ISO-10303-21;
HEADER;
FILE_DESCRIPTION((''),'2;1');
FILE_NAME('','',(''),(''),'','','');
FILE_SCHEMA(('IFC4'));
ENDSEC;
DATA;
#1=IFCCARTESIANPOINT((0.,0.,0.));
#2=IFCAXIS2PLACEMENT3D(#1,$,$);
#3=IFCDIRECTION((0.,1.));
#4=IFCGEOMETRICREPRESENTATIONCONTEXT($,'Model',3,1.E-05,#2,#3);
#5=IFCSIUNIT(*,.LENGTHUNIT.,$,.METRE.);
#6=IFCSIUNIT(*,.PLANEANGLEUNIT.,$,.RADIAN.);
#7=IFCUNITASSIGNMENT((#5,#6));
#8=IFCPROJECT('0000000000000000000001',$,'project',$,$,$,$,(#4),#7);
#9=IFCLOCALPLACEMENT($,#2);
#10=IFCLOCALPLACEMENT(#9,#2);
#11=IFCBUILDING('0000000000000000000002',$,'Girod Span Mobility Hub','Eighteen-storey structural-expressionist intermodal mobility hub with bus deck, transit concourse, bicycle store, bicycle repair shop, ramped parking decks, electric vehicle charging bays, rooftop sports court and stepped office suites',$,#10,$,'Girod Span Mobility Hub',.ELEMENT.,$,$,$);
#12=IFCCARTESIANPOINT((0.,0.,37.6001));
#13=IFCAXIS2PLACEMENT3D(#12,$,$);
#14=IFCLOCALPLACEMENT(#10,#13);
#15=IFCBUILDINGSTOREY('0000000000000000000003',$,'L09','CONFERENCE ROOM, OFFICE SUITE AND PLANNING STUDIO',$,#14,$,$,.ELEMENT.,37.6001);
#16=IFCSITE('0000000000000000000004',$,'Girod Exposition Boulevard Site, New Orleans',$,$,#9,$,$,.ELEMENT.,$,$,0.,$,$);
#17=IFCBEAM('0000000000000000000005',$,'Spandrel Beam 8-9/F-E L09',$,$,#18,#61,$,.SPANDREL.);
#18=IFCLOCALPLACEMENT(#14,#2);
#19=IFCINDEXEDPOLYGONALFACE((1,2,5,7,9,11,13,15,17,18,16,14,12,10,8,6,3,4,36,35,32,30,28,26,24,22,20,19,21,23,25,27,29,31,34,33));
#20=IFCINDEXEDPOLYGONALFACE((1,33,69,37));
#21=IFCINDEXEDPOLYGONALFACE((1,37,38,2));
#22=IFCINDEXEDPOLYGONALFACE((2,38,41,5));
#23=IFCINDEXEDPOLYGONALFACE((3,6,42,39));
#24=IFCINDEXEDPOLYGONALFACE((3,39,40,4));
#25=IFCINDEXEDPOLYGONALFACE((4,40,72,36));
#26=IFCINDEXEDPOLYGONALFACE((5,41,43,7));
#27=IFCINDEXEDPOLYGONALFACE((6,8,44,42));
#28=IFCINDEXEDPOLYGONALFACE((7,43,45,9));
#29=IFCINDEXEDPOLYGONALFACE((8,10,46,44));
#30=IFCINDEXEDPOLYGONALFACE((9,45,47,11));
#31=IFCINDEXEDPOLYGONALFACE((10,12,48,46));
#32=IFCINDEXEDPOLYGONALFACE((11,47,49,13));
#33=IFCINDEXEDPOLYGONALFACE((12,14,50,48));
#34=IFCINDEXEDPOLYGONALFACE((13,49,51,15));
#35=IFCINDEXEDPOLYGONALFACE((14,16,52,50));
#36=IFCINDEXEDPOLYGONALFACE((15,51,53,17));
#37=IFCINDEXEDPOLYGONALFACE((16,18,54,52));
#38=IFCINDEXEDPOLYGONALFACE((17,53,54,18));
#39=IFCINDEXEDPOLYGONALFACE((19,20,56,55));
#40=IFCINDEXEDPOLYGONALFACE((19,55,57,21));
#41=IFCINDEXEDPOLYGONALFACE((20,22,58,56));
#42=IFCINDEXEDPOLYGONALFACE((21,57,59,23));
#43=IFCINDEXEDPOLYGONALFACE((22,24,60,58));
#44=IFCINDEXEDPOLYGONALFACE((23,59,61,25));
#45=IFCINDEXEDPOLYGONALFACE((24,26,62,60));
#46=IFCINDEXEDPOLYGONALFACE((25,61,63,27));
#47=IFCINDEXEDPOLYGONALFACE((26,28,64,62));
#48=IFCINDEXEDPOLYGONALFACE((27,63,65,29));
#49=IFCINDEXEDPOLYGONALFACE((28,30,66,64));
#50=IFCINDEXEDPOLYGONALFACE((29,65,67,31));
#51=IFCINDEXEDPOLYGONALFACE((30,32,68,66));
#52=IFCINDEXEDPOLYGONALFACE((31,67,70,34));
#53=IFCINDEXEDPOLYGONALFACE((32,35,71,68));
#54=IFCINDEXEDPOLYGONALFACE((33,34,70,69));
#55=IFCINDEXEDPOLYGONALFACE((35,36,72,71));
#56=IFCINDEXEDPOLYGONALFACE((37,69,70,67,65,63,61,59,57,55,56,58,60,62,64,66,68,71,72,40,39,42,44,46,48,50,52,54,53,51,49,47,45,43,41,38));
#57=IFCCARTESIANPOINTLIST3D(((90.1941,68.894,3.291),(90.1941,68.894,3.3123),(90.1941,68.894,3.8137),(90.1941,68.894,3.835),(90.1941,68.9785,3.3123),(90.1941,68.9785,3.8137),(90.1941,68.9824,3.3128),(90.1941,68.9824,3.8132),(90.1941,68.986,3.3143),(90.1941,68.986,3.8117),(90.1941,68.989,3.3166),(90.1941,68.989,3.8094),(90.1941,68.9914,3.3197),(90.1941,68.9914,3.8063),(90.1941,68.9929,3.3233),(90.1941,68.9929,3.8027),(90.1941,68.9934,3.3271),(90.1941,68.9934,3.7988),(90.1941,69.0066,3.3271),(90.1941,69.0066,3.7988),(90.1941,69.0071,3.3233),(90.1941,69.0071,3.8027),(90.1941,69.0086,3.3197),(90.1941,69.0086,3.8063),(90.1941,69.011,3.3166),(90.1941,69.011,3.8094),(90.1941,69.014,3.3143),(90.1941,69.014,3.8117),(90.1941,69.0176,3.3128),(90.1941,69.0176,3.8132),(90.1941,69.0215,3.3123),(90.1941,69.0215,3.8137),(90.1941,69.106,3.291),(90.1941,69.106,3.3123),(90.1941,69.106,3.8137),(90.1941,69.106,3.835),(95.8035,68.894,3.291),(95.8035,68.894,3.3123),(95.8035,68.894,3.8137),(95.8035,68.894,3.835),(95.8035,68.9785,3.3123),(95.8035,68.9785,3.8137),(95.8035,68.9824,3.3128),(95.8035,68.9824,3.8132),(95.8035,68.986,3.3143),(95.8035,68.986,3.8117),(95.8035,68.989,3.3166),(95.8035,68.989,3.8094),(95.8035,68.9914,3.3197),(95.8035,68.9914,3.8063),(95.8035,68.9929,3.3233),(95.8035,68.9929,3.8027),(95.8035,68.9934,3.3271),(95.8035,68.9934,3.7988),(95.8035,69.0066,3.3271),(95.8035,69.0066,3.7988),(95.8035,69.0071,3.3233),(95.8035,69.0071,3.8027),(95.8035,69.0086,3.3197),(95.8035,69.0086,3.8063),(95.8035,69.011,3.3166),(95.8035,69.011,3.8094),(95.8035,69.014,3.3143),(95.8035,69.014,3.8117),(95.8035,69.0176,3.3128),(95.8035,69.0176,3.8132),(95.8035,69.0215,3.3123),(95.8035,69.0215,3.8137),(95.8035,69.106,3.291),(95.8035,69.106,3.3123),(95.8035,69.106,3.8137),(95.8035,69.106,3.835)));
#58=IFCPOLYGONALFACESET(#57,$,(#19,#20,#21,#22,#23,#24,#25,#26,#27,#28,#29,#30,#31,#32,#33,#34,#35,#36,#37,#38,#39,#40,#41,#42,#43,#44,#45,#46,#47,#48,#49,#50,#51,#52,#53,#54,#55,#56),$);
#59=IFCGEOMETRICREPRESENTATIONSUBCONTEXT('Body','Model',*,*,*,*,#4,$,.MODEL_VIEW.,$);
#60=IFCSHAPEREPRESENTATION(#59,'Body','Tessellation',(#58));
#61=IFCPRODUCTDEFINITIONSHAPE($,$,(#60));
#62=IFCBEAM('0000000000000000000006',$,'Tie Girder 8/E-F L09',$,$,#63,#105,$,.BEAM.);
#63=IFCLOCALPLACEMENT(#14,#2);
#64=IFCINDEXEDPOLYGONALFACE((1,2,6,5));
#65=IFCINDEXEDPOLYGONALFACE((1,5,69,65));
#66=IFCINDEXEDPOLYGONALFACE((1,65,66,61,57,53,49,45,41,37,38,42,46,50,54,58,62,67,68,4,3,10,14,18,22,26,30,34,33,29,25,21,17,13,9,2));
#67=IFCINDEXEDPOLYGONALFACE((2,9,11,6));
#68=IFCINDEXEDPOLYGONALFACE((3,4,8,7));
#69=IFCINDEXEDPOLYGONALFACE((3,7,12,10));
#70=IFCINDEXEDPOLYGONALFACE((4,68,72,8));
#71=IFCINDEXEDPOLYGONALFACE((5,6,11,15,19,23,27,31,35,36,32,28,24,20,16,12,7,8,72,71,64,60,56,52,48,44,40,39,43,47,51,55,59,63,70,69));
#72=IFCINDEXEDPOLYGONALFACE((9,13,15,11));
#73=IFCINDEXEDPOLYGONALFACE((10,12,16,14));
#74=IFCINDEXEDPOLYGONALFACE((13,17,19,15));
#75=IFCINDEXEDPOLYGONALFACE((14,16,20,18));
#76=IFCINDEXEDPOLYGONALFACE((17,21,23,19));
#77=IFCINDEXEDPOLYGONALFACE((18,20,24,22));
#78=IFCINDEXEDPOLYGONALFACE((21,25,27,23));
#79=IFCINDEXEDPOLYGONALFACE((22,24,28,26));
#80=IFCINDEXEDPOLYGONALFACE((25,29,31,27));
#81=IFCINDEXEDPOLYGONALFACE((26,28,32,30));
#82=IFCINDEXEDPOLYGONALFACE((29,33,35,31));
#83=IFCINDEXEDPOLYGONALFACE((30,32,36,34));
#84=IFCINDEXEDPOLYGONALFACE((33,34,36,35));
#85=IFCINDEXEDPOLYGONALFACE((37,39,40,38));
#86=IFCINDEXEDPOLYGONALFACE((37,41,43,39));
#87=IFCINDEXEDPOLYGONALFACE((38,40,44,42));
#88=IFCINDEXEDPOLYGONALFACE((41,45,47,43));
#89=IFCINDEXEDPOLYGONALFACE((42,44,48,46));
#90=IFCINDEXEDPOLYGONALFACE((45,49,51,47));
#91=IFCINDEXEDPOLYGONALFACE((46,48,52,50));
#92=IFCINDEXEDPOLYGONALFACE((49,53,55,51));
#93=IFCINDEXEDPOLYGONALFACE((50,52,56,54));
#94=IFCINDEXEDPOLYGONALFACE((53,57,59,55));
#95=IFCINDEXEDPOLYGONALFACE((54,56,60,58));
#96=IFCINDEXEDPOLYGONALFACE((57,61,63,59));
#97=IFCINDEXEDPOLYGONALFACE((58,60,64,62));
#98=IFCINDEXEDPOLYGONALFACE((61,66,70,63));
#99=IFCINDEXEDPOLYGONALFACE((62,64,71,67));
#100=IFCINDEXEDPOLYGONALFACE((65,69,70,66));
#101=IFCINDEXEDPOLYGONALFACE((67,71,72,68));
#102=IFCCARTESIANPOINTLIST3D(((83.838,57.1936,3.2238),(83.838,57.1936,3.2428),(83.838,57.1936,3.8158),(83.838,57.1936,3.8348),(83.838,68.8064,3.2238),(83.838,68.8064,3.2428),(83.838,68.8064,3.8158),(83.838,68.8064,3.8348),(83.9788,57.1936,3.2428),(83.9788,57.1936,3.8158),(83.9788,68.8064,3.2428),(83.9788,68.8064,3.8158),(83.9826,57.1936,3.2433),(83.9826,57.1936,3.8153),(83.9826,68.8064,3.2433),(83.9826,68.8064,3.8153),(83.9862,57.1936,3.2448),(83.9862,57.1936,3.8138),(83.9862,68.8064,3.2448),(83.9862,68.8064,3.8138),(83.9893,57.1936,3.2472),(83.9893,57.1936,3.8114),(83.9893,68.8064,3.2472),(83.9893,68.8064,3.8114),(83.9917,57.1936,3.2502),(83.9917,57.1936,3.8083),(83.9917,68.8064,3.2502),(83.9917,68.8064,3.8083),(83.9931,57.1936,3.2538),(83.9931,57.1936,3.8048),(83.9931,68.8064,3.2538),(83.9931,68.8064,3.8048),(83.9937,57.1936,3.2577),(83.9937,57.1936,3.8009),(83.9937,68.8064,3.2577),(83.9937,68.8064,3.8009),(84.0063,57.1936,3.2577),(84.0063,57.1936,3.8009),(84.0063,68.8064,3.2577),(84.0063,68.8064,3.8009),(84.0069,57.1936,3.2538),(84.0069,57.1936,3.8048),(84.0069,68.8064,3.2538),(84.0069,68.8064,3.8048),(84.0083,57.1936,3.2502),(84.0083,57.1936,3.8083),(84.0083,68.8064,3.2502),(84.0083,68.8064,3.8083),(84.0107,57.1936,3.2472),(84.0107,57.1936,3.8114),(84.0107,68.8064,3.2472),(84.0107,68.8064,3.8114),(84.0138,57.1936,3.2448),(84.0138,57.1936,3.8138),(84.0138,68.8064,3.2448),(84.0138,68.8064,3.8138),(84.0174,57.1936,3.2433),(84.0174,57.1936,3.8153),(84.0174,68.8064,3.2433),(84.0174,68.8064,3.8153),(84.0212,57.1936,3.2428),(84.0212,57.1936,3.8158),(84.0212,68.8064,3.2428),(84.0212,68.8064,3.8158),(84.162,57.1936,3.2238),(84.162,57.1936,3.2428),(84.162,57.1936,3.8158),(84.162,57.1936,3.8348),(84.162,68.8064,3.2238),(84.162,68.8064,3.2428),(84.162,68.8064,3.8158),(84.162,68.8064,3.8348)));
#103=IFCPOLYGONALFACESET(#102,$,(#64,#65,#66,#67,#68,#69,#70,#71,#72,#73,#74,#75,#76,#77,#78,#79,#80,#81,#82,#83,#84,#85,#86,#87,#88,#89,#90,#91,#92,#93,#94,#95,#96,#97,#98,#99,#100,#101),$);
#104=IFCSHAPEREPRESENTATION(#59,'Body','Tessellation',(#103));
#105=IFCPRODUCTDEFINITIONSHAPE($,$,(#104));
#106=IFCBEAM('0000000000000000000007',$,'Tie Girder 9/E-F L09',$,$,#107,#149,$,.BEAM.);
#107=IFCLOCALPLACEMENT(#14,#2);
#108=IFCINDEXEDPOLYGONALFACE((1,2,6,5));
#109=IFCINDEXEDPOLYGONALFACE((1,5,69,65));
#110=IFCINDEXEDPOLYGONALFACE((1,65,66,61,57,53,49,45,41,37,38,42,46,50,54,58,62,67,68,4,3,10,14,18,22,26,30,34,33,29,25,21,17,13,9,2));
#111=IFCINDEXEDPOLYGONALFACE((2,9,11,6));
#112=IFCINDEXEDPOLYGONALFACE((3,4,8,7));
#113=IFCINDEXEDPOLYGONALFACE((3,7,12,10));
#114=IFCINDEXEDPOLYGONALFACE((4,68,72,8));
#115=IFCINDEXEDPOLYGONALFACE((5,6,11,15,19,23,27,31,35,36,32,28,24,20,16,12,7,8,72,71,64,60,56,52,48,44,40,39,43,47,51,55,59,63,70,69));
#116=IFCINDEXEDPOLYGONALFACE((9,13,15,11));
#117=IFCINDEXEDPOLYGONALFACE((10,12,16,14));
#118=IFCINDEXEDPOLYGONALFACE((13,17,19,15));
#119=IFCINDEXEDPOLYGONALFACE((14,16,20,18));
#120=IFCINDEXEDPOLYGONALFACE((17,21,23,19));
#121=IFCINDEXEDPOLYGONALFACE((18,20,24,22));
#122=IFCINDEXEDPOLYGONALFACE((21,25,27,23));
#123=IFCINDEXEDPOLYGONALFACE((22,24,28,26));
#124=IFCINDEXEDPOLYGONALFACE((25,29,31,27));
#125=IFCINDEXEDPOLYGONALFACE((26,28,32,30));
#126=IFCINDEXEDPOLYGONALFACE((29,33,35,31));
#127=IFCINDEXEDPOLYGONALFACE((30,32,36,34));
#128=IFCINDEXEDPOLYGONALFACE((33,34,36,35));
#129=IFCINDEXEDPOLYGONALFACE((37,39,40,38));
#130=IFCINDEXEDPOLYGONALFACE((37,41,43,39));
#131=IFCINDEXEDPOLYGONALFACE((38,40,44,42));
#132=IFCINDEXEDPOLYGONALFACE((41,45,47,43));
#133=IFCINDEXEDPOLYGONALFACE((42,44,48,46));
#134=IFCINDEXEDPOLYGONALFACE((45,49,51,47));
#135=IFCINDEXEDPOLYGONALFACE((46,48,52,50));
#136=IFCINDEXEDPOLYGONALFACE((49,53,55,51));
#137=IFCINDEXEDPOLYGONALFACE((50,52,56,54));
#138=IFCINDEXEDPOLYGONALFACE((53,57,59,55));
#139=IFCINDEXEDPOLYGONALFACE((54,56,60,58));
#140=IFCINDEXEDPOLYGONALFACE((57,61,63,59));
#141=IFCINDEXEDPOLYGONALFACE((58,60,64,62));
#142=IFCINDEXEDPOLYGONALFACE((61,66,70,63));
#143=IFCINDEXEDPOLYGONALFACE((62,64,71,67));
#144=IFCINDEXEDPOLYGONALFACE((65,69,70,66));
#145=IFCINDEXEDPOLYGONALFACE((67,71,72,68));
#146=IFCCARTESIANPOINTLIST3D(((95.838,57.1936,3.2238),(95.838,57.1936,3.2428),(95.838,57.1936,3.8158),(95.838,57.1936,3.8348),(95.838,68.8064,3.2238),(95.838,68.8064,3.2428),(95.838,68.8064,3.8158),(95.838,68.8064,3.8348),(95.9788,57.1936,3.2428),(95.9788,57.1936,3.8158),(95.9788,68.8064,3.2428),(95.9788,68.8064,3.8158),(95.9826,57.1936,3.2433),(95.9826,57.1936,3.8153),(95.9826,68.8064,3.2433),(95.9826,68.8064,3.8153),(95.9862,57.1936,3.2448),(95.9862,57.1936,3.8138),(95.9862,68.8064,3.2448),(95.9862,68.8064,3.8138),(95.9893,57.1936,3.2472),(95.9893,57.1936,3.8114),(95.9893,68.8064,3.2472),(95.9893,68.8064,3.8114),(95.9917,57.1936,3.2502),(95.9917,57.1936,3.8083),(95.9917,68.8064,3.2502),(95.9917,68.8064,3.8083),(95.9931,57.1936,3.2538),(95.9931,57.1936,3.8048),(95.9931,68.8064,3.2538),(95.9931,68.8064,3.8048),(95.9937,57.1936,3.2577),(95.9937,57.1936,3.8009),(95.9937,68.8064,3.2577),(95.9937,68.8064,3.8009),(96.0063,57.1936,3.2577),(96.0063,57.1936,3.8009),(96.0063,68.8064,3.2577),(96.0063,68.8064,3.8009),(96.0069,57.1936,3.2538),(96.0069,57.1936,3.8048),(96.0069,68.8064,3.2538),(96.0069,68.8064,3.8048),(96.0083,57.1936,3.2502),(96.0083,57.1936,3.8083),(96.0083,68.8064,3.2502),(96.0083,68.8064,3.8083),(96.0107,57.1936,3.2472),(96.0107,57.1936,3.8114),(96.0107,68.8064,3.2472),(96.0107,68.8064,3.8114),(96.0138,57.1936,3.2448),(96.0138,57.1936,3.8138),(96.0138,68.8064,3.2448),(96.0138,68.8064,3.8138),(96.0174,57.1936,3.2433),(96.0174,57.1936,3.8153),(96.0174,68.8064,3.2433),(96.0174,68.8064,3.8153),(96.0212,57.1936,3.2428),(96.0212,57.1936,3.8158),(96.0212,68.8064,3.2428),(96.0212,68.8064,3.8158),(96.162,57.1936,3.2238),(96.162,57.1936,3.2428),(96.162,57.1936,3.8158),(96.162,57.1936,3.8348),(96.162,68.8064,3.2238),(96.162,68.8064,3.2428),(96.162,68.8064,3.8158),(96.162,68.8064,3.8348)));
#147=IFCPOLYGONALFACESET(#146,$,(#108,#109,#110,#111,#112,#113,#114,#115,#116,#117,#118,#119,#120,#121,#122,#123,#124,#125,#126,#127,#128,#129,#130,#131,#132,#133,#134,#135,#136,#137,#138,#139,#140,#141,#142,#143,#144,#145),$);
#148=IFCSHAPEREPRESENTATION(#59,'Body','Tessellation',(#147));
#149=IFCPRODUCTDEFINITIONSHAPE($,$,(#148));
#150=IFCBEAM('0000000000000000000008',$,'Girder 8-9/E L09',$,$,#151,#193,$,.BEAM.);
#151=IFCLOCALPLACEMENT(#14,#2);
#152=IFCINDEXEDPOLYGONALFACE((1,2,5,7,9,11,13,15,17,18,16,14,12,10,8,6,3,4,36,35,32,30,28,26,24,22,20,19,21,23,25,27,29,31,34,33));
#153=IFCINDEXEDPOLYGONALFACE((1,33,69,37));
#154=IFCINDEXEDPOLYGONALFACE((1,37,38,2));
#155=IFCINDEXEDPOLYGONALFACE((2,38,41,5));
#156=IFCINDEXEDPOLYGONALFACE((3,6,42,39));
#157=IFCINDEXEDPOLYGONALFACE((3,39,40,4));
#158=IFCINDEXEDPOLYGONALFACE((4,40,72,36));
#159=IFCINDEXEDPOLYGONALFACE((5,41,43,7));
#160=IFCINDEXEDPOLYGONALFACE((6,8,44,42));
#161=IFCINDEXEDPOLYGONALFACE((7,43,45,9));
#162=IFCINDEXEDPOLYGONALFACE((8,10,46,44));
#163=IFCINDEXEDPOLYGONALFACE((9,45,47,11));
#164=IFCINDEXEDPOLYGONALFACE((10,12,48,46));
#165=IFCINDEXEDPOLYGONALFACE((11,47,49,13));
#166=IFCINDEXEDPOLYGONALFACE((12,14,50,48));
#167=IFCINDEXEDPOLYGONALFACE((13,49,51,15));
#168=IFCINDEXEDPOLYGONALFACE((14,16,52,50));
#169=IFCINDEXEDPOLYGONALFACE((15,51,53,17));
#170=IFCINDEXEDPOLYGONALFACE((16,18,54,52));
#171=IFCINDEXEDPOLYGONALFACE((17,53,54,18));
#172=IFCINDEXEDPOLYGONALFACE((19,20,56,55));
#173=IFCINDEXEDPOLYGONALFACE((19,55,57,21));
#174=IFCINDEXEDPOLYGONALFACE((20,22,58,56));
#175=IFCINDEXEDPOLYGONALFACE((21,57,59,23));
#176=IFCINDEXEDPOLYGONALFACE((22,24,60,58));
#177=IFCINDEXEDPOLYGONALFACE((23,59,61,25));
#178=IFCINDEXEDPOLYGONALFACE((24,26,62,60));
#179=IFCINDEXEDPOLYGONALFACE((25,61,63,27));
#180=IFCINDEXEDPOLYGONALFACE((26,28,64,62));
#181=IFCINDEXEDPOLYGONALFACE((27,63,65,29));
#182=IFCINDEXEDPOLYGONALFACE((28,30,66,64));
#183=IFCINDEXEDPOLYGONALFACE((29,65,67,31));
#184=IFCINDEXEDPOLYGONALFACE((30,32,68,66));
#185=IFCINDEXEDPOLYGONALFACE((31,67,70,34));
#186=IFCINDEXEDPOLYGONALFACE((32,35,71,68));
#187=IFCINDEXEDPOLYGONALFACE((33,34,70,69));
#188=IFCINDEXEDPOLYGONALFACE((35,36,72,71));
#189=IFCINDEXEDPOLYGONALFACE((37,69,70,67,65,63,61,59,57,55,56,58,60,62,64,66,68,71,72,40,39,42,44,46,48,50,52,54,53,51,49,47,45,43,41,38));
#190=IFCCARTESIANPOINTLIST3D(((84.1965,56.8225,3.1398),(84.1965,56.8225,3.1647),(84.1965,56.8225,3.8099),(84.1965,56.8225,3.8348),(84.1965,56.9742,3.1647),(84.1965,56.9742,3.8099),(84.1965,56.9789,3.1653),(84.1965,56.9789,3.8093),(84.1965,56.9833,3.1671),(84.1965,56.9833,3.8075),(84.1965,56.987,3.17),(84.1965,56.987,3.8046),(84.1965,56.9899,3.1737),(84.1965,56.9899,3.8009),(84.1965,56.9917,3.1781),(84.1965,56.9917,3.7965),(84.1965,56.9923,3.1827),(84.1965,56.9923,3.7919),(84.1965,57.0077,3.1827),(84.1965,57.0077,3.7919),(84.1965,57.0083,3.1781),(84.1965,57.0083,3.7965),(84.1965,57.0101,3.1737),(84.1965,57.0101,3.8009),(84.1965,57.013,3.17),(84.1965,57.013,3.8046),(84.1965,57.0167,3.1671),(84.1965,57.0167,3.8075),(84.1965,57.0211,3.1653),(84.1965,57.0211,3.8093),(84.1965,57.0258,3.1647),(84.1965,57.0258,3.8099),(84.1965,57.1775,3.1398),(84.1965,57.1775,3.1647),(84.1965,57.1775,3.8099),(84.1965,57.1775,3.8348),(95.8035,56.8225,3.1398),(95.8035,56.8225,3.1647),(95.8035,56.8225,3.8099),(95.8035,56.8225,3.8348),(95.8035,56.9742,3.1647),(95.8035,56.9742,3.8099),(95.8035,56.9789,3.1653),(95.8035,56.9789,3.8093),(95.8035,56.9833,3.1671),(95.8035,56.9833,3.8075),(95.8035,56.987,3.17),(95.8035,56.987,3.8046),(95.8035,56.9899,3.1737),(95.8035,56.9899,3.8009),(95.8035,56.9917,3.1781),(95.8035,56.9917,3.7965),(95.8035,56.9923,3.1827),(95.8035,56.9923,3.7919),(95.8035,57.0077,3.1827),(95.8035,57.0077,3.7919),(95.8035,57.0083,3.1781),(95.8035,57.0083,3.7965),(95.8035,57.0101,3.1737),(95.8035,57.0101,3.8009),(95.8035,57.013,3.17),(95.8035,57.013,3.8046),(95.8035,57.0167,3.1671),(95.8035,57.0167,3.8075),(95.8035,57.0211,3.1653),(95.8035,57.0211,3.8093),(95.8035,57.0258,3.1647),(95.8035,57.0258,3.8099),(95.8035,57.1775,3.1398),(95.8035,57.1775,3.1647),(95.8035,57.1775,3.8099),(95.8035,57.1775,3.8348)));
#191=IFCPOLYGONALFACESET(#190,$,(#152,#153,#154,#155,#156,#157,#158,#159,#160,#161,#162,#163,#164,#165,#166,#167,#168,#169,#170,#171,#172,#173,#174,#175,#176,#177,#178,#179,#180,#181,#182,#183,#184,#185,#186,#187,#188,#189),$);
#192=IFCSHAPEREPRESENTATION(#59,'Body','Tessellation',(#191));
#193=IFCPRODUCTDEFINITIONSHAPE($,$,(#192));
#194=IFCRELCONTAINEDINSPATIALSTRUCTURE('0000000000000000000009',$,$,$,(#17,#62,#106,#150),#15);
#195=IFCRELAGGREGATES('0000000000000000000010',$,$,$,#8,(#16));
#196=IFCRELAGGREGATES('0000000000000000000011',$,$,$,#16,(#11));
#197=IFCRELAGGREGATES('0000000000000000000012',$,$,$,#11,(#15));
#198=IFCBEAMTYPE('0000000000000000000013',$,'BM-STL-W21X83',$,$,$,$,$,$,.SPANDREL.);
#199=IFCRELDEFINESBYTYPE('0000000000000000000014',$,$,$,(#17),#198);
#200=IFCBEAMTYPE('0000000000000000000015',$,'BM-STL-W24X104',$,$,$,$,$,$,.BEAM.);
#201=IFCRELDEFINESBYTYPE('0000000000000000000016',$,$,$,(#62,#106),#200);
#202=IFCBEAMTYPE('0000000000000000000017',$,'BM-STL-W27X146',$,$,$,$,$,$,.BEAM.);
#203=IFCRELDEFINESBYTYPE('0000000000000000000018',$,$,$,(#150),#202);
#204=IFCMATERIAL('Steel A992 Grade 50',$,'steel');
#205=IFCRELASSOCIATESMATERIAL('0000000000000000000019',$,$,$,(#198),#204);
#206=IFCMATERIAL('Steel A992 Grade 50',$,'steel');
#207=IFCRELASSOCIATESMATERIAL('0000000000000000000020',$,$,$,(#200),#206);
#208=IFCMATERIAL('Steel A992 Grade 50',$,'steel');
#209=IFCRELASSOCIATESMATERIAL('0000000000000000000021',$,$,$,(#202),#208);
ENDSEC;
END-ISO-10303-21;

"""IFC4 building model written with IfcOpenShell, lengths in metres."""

from ifc_helpers import new_model, si_unit, direction, frame, origin, origin_2d, place, context, subcontext, project, spatial, i_section, extrude, material, material_profile, profile_set, type_object, element, save


model = new_model("IFC4")

# Units and contexts
model_context = context("Model", 3, precision=1e-05, world=origin(), true_north=direction((0.0, 1.0)))
body_context = subcontext(model_context, "Body", "Model", "MODEL_VIEW")
ifc_project = project(units=[si_unit("LENGTHUNIT", "METRE"), si_unit("PLANEANGLEUNIT", "RADIAN")], contexts=[model_context])

# Site, building, storey
site_placement = place(None, origin())
site = spatial("IfcSite", under=ifc_project, at=site_placement, Name="Girod Exposition Boulevard Site, New Orleans", CompositionType="ELEMENT", RefElevation=0.0)
building_placement = place(site_placement, origin())
building = spatial("IfcBuilding", under=site, at=building_placement, Name="Girod Span Mobility Hub", Description="Eighteen-storey structural-expressionist intermodal mobility hub with bus deck, transit concourse, bicycle store, bicycle repair shop, ramped parking decks, electric vehicle charging bays, rooftop sports court and stepped office suites", LongName="Girod Span Mobility Hub", CompositionType="ELEMENT")
storey_placement = place(building_placement, frame((0.0, 0.0, 37.6001)))
storey = spatial("IfcBuildingStorey", under=building, at=storey_placement, Name="L09", Description="CONFERENCE ROOM, OFFICE SUITE AND PLANNING STUDIO", CompositionType="ELEMENT", Elevation=37.6001)

# Beams
ifc_material_1 = material(Name="Steel A992 Grade 50", Category="steel")
ifc_material_profile_1 = material_profile(ifc_material_1, i_section(OverallWidth=0.2119, OverallDepth=0.5439, WebThickness=0.0132, FlangeThickness=0.0212, FilletRadius=0.0149, at=origin_2d()), Name="W21X83")
ifc_profile_set_1 = profile_set([ifc_material_profile_1], Name="Steel A992 Grade 50")
beam_type_1 = type_object("IfcBeamType", Name="BM-STL-W21X83", PredefinedType="SPANDREL", material=ifc_profile_set_1)
for number, where, z_axis, x_axis, name in (
    (1, (90.1941, 69.0, 3.563), (1.0, 0.0, 0.0), (0.0, 1.0, 0.0), "Spandrel Beam 8-9/F-E L09"),
):
    element("IfcBeam", number, at=place(storey_placement, frame(where, z_axis=z_axis, x_axis=x_axis)), inside=storey, type_object=beam_type_1, Name=name, PredefinedType="SPANDREL", context=body_context, shape_type="SweptSolid", body=[
        extrude(i_section(OverallWidth=0.2119, OverallDepth=0.5439, WebThickness=0.0132, FlangeThickness=0.0212, FilletRadius=0.0149, at=origin_2d()), origin(), (0.0, 0.0, 1.0), 5.6094),
    ])
ifc_material_2 = material(Name="Steel A992 Grade 50", Category="steel")
ifc_material_profile_2 = material_profile(ifc_material_2, i_section(OverallWidth=0.324, OverallDepth=0.6111, WebThickness=0.0127, FlangeThickness=0.019, FilletRadius=0.0149, at=origin_2d()), Name="W24X104")
ifc_profile_set_2 = profile_set([ifc_material_profile_2], Name="Steel A992 Grade 50")
beam_type_2 = type_object("IfcBeamType", Name="BM-STL-W24X104", PredefinedType="BEAM", material=ifc_profile_set_2)
for number, where, z_axis, x_axis, name in (
    (2, (84.0, 57.1936, 3.5293), (0.0, 1.0, 0.0), (-1.0, 0.0, 0.0), "Tie Girder 8/E-F L09"),
    (3, (96.0, 57.1936, 3.5293), (0.0, 1.0, 0.0), (-1.0, 0.0, 0.0), "Tie Girder 9/E-F L09"),
):
    element("IfcBeam", number, at=place(storey_placement, frame(where, z_axis=z_axis, x_axis=x_axis)), inside=storey, type_object=beam_type_2, Name=name, PredefinedType="BEAM", context=body_context, shape_type="SweptSolid", body=[
        extrude(i_section(OverallWidth=0.324, OverallDepth=0.6111, WebThickness=0.0127, FlangeThickness=0.019, FilletRadius=0.0149, at=origin_2d()), origin(), (0.0, 0.0, 1.0), 11.6128),
    ])
ifc_material_3 = material(Name="Steel A992 Grade 50", Category="steel")
ifc_material_profile_3 = material_profile(ifc_material_3, i_section(OverallWidth=0.355, OverallDepth=0.6951, WebThickness=0.0154, FlangeThickness=0.0249, FilletRadius=0.0181, at=origin_2d()), Name="W27X146")
ifc_profile_set_3 = profile_set([ifc_material_profile_3], Name="Steel A992 Grade 50")
beam_type_3 = type_object("IfcBeamType", Name="BM-STL-W27X146", PredefinedType="BEAM", material=ifc_profile_set_3)
beam_placement = place(storey_placement, frame((84.1965, 57.0, 3.4873), z_axis=(1.0, 0.0, 0.0), x_axis=(0.0, 1.0, 0.0)))
element("IfcBeam", 4, at=beam_placement, inside=storey, type_object=beam_type_3, Name="Girder 8-9/E L09", PredefinedType="BEAM", context=body_context, shape_type="SweptSolid", body=[
    extrude(i_section(OverallWidth=0.355, OverallDepth=0.6951, WebThickness=0.0154, FlangeThickness=0.0249, FilletRadius=0.0181, at=origin_2d()), origin(), (0.0, 0.0, 1.0), 11.6069),
])

save(model, "model.ifc")
